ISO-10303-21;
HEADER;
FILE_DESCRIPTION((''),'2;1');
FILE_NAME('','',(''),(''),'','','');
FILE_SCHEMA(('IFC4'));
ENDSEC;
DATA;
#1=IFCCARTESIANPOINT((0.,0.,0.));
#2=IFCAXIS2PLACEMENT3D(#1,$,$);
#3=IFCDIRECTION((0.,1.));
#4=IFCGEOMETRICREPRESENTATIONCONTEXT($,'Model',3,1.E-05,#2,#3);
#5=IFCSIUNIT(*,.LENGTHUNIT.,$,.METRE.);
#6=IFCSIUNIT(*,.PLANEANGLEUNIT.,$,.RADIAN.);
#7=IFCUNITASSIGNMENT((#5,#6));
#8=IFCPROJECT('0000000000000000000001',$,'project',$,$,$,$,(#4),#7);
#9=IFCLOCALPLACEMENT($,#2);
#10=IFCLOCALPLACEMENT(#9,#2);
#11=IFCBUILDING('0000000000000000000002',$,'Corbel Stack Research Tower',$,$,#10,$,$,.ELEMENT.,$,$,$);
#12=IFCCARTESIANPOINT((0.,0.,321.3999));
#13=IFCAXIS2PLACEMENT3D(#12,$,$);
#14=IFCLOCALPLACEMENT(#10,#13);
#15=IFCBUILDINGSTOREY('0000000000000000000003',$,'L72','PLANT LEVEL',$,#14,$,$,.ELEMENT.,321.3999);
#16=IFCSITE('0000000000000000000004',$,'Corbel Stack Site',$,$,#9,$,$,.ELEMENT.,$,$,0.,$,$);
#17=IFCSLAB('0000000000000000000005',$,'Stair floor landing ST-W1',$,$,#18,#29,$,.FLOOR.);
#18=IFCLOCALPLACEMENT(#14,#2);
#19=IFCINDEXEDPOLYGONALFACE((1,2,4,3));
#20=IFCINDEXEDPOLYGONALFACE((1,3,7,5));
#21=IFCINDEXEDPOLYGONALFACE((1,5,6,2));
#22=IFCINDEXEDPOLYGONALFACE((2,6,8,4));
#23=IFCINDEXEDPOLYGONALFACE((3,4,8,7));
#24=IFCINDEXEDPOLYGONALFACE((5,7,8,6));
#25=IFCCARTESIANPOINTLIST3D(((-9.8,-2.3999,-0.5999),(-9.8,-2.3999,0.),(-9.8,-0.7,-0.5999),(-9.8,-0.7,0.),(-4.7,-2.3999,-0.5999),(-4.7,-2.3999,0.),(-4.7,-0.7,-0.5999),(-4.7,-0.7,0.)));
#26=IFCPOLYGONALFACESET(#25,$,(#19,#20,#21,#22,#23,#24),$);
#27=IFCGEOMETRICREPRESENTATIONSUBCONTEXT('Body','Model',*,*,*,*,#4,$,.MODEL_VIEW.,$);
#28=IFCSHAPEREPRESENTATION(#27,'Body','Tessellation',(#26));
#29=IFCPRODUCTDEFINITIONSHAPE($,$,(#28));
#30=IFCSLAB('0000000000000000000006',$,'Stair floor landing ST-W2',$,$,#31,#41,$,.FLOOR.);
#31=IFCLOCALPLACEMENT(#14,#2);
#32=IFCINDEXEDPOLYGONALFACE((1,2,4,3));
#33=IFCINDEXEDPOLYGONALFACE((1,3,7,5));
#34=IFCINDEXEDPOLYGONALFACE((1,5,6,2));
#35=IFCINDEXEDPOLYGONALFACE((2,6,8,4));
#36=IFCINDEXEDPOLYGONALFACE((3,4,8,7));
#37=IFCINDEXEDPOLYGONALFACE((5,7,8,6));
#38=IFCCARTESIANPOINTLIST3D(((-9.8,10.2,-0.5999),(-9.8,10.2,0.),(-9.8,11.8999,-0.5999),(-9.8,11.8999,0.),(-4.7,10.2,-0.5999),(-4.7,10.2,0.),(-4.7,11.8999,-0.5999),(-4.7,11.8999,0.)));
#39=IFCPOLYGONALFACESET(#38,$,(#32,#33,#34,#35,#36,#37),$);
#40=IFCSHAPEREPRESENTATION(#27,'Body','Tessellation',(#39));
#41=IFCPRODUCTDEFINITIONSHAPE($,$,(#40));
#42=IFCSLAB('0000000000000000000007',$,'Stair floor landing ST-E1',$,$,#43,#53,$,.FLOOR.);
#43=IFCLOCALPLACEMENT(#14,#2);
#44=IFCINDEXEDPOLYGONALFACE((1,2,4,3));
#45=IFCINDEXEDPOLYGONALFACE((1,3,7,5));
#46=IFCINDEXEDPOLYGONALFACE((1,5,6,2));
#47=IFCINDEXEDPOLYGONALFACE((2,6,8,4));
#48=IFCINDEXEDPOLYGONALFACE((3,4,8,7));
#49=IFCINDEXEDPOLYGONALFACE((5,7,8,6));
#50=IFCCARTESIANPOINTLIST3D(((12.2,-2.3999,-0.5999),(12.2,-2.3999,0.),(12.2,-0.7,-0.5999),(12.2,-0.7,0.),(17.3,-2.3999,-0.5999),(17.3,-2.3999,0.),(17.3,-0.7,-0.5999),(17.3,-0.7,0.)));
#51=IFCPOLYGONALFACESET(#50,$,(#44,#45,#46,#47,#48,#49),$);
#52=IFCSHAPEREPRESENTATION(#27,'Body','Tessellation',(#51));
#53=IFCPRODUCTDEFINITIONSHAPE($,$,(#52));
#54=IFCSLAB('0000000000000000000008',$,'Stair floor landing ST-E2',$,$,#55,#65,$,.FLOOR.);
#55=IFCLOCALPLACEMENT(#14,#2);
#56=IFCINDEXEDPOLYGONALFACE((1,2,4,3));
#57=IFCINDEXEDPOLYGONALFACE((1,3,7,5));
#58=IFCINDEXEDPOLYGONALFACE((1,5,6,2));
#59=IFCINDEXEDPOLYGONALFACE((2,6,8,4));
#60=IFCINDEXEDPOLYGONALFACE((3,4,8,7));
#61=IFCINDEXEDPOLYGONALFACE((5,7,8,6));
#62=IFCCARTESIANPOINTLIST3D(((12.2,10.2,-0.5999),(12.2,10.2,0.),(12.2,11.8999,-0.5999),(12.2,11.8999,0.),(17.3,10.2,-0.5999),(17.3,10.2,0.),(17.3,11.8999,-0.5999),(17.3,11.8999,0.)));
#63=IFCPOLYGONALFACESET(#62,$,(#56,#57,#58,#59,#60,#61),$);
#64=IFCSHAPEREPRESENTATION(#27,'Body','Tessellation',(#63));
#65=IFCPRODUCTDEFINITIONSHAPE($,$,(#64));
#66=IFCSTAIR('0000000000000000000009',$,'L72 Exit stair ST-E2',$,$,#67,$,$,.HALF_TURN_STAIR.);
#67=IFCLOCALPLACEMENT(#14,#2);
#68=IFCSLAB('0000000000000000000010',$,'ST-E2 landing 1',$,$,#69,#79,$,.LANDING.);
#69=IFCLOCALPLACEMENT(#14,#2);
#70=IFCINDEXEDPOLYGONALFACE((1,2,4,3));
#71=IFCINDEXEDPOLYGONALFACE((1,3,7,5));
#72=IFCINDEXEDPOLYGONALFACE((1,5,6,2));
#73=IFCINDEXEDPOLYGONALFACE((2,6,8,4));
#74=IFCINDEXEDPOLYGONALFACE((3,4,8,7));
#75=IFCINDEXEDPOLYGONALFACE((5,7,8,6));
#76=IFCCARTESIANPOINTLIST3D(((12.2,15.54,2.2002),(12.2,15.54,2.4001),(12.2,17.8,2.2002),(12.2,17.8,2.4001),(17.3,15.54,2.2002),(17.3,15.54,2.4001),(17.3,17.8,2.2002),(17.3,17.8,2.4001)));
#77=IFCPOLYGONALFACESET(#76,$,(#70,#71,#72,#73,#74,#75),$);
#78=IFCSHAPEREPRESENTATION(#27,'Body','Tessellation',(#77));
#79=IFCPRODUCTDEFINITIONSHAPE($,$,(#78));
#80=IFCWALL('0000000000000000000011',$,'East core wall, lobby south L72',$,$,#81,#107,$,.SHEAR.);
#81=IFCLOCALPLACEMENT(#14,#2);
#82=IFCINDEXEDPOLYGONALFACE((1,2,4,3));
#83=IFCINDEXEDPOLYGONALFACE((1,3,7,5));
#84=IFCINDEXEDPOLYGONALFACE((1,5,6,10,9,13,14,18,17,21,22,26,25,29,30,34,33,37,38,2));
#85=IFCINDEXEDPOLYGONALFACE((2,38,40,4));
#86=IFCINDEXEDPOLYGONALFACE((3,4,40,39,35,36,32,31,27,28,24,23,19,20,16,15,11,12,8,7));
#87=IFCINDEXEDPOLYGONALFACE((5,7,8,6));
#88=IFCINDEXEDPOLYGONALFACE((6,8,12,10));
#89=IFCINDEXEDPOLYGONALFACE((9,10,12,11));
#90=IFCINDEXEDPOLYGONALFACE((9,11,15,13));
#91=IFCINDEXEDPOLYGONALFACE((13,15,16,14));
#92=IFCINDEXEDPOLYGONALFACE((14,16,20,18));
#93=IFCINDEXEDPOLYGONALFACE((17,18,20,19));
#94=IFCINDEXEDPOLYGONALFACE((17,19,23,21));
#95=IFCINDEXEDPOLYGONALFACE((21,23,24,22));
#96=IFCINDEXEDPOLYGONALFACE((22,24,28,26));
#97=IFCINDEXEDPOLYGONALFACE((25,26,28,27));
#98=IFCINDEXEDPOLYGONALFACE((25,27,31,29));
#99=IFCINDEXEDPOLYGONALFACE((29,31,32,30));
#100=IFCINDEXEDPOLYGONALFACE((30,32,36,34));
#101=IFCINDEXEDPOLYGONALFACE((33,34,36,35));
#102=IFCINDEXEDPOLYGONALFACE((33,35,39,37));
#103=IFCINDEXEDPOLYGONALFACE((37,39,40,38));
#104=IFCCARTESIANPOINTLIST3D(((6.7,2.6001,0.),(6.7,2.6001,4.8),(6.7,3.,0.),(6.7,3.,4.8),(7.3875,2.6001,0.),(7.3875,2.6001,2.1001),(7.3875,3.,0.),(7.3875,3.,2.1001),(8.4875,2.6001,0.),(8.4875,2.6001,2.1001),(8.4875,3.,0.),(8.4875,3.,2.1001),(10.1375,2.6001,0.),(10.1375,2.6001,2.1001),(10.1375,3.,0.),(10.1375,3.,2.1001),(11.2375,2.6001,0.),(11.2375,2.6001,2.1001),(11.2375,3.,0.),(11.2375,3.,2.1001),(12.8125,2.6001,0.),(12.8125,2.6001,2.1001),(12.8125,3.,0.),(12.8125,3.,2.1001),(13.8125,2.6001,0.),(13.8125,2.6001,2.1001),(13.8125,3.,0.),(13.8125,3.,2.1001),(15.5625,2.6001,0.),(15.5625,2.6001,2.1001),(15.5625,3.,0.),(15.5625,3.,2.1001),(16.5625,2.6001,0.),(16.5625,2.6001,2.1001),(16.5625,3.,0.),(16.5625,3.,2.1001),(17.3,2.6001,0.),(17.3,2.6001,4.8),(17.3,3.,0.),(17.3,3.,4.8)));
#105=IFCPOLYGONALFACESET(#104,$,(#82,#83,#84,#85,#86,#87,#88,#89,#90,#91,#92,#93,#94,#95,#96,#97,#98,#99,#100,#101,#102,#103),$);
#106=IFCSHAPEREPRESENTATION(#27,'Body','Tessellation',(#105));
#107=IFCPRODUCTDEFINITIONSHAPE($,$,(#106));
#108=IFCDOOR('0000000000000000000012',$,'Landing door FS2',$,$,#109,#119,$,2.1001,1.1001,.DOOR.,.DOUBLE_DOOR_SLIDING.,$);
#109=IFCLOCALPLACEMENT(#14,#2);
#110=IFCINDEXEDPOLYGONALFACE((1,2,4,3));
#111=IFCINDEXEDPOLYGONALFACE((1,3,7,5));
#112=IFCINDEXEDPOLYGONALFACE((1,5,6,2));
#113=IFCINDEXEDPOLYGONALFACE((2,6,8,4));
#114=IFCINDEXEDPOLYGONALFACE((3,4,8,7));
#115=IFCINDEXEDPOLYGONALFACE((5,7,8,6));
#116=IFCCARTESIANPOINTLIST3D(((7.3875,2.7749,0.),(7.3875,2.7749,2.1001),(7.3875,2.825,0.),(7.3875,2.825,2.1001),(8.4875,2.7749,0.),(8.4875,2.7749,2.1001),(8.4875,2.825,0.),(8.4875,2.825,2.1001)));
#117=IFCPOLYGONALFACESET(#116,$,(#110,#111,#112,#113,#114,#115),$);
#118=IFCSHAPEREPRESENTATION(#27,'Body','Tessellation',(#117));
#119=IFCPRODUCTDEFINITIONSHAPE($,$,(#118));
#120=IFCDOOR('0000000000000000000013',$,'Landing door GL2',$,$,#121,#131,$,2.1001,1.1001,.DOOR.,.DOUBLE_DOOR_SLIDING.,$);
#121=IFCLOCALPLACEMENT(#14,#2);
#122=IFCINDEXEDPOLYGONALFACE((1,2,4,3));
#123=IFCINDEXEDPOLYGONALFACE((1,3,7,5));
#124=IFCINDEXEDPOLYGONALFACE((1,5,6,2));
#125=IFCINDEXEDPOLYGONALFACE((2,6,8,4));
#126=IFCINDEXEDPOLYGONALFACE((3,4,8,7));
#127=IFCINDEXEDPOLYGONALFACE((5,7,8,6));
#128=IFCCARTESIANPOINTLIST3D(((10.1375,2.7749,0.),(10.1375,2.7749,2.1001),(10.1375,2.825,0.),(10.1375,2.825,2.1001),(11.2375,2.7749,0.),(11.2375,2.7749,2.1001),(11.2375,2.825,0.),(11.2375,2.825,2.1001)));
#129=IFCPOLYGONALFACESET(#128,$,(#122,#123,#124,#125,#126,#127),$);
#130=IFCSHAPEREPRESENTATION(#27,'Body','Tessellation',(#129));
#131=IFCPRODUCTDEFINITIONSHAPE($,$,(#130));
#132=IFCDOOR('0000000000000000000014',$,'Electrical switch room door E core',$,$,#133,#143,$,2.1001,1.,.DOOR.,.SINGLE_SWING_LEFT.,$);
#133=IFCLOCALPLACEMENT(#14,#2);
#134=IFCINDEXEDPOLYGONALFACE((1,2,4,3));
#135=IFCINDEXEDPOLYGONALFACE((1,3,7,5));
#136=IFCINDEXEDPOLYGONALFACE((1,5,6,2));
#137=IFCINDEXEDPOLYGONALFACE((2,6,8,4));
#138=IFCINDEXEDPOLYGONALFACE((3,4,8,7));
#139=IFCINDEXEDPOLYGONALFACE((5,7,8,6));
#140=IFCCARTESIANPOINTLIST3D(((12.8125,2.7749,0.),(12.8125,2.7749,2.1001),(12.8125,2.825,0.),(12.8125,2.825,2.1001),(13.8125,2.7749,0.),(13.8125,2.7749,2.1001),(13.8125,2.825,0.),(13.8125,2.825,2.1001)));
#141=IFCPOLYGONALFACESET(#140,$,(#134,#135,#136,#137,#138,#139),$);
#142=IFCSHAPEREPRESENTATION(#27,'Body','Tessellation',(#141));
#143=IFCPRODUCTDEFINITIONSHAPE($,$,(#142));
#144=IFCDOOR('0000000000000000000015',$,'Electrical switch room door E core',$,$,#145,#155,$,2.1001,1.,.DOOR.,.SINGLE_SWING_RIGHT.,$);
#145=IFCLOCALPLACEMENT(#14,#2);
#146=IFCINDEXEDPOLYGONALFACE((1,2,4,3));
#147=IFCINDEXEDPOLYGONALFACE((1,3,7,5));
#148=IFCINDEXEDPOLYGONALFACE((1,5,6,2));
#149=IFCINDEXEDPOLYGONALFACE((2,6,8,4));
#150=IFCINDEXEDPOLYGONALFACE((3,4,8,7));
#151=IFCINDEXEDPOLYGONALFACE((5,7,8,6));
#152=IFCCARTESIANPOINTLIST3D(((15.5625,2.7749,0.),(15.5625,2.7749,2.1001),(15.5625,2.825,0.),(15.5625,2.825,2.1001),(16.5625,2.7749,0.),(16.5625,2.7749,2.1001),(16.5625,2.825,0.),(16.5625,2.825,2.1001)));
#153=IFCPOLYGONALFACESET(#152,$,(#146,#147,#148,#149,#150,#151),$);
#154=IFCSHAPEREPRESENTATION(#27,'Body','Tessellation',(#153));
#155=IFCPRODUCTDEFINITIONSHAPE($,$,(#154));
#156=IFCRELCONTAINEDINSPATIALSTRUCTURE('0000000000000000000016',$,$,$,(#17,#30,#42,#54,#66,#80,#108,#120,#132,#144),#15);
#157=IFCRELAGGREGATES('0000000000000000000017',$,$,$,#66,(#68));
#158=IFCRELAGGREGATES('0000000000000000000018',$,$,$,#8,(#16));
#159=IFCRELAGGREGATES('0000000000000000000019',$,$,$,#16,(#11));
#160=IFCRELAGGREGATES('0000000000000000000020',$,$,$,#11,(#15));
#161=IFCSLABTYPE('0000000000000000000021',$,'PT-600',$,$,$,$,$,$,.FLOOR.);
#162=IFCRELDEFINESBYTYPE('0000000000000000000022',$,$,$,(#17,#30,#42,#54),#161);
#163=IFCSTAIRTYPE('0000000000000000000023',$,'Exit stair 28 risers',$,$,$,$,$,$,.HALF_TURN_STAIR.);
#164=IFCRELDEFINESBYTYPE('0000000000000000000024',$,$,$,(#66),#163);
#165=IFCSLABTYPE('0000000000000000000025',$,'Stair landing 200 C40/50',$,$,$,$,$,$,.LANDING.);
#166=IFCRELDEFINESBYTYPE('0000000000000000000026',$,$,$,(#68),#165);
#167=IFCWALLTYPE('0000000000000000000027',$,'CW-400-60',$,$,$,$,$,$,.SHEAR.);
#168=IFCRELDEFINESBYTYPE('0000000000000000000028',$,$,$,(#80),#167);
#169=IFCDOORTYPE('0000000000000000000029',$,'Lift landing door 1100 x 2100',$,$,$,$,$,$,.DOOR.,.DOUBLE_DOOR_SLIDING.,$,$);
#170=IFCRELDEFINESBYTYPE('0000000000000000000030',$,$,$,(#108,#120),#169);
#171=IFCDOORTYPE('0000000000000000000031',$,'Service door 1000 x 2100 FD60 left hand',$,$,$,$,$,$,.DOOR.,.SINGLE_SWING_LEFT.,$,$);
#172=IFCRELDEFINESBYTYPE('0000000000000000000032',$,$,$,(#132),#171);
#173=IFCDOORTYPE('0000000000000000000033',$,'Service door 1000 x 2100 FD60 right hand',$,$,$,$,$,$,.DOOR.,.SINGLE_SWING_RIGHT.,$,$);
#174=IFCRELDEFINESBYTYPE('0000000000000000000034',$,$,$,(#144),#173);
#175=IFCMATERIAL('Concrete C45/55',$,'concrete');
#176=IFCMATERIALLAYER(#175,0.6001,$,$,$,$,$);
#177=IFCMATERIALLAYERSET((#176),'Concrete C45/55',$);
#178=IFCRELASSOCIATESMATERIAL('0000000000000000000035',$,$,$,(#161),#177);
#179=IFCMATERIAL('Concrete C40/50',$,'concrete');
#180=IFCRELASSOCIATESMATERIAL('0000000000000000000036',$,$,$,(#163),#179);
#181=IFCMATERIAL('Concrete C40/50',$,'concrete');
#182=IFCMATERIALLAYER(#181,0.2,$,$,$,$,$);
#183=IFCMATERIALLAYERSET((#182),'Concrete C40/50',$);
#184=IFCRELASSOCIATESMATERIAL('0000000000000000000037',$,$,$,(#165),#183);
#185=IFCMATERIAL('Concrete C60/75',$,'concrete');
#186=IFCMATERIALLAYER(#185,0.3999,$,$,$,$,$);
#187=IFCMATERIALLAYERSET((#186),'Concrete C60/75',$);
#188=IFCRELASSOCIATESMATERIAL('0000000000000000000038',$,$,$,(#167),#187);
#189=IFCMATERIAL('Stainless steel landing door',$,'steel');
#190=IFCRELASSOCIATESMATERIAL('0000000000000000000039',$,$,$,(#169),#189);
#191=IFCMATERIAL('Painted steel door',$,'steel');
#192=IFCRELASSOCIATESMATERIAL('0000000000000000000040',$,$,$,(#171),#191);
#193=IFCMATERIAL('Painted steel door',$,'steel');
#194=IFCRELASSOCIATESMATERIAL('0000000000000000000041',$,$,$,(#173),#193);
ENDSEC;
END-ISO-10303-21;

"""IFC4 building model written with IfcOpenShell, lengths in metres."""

from ifc_helpers import new_model, si_unit, direction, frame, frame_2d, origin, place, context, subcontext, project, spatial, polyline, rectangle, outline, extrude, material, layer, layer_set, type_object, element, fill, aggregate, save


model = new_model("IFC4")

# Units and contexts
model_context = context("Model", 3, precision=1e-05, world=origin(), true_north=direction((0.0, 1.0)))
body_context = subcontext(model_context, "Body", "Model", "MODEL_VIEW")
ifc_project = project(units=[si_unit("LENGTHUNIT", "METRE"), si_unit("PLANEANGLEUNIT", "RADIAN")], contexts=[model_context])

# Site, building, storey
site_placement = place(None, origin())
site = spatial("IfcSite", under=ifc_project, at=site_placement, Name="Corbel Stack Site", CompositionType="ELEMENT", RefElevation=0.0)
building_placement = place(site_placement, origin())
building = spatial("IfcBuilding", under=site, at=building_placement, Name="Corbel Stack Research Tower", CompositionType="ELEMENT")
storey_placement = place(building_placement, frame((0.0, 0.0, 321.3999)))
storey = spatial("IfcBuildingStorey", under=building, at=storey_placement, Name="L72", Description="PLANT LEVEL", CompositionType="ELEMENT", Elevation=321.3999)

# Slabs
ifc_material_1 = material(Name="Concrete C45/55", Category="concrete")
ifc_layer_1 = layer(ifc_material_1, 0.6001)
ifc_layer_set_1 = layer_set([ifc_layer_1], Name="Concrete C45/55")
slab_type_1 = type_object("IfcSlabType", Name="PT-600", PredefinedType="FLOOR", material=ifc_layer_set_1)
slab_1_placement = place(storey_placement, frame((0.0, 0.0, -0.5999)))
element("IfcSlab", 1, at=slab_1_placement, inside=storey, type_object=slab_type_1, Name="Stair floor landing ST-W1", PredefinedType="FLOOR", context=body_context, shape_type="SweptSolid", body=[
    extrude(outline(polyline([(-9.8, -2.3999), (-4.7, -2.3999), (-4.7, -0.7), (-9.8, -0.7), (-9.8, -2.3999)])), origin(), (0.0, 0.0, 1.0), 0.5999),
])
slab_2_placement = place(storey_placement, frame((0.0, 0.0, -0.5999)))
element("IfcSlab", 2, at=slab_2_placement, inside=storey, type_object=slab_type_1, Name="Stair floor landing ST-W2", PredefinedType="FLOOR", context=body_context, shape_type="SweptSolid", body=[
    extrude(outline(polyline([(-9.8, 10.2), (-4.7, 10.2), (-4.7, 11.8999), (-9.8, 11.8999), (-9.8, 10.2)])), origin(), (0.0, 0.0, 1.0), 0.5999),
])
slab_3_placement = place(storey_placement, frame((0.0, 0.0, -0.5999)))
element("IfcSlab", 3, at=slab_3_placement, inside=storey, type_object=slab_type_1, Name="Stair floor landing ST-E1", PredefinedType="FLOOR", context=body_context, shape_type="SweptSolid", body=[
    extrude(outline(polyline([(12.2, -2.3999), (17.3, -2.3999), (17.3, -0.7), (12.2, -0.7), (12.2, -2.3999)])), origin(), (0.0, 0.0, 1.0), 0.5999),
])
slab_4_placement = place(storey_placement, frame((0.0, 0.0, -0.5999)))
element("IfcSlab", 4, at=slab_4_placement, inside=storey, type_object=slab_type_1, Name="Stair floor landing ST-E2", PredefinedType="FLOOR", context=body_context, shape_type="SweptSolid", body=[
    extrude(outline(polyline([(12.2, 10.2), (17.3, 10.2), (17.3, 11.8999), (12.2, 11.8999), (12.2, 10.2)])), origin(), (0.0, 0.0, 1.0), 0.5999),
])

# Stair, slab
ifc_material_2 = material(Name="Concrete C40/50", Category="concrete")
stair_type = type_object("IfcStairType", Name="Exit stair 28 risers", PredefinedType="HALF_TURN_STAIR", material=ifc_material_2)
stair_placement = place(storey_placement, origin())
stair = element("IfcStair", 5, at=stair_placement, inside=storey, type_object=stair_type, Name="L72 Exit stair ST-E2", PredefinedType="HALF_TURN_STAIR")
ifc_material_3 = material(Name="Concrete C40/50", Category="concrete")
ifc_layer_2 = layer(ifc_material_3, 0.2)
ifc_layer_set_2 = layer_set([ifc_layer_2], Name="Concrete C40/50")
slab_type_2 = type_object("IfcSlabType", Name="Stair landing 200 C40/50", PredefinedType="LANDING", material=ifc_layer_set_2)
slab_5_placement = place(storey_placement, frame((0.0, 0.0, 2.2002)))
slab_5 = element("IfcSlab", 6, at=slab_5_placement, type_object=slab_type_2, Name="ST-E2 landing 1", PredefinedType="LANDING", context=body_context, shape_type="SweptSolid", body=[
    extrude(outline(polyline([(12.2, 15.54), (12.2, 17.8), (17.3, 17.8), (17.3, 15.54), (12.2, 15.54)])), origin(), (0.0, 0.0, 1.0), 0.2),
])
aggregate(stair, [slab_5])

# Wall, openings, doors
ifc_material_4 = material(Name="Concrete C60/75", Category="concrete")
ifc_layer_3 = layer(ifc_material_4, 0.3999)
ifc_layer_set_3 = layer_set([ifc_layer_3], Name="Concrete C60/75")
wall_type = type_object("IfcWallType", Name="CW-400-60", PredefinedType="SHEAR", material=ifc_layer_set_3)
wall_1_placement = place(storey_placement, frame((6.7, 2.8, 0.0), z_axis=(0.0, 0.0, 1.0), x_axis=(1.0, 0.0, 0.0)))
wall_1 = element("IfcWall", 7, at=wall_1_placement, inside=storey, type_object=wall_type, Name="East core wall, lobby south L72", PredefinedType="SHEAR", context=body_context, shape_type="SweptSolid", body=[
    extrude(rectangle(XDim=10.6001, YDim=0.3999, at=frame_2d((5.3, 0.0))), origin(), (0.0, 0.0, 1.0), 4.8),
])
opening_1_placement = place(wall_1_placement, frame((0.6875, 0.0, 0.0)))
opening_1 = element("IfcOpeningElement", 8, at=opening_1_placement, cuts=wall_1, PredefinedType="OPENING", context=body_context, shape_type="SweptSolid", body=[
    extrude(rectangle(XDim=1.1001, YDim=2.1001, at=frame_2d((0.55, 1.05))), frame((0.0, 0.21, 0.0), z_axis=(0.0, -1.0, 0.0), x_axis=(1.0, 0.0, 0.0)), (0.0, 0.0, 1.0), 0.4199),
])
opening_2_placement = place(wall_1_placement, frame((3.4375, 0.0, 0.0)))
opening_2 = element("IfcOpeningElement", 9, at=opening_2_placement, cuts=wall_1, PredefinedType="OPENING", context=body_context, shape_type="SweptSolid", body=[
    extrude(rectangle(XDim=1.1001, YDim=2.1001, at=frame_2d((0.55, 1.05))), frame((0.0, 0.21, 0.0), z_axis=(0.0, -1.0, 0.0), x_axis=(1.0, 0.0, 0.0)), (0.0, 0.0, 1.0), 0.4199),
])
opening_3_placement = place(wall_1_placement, frame((6.1125, 0.0, 0.0)))
opening_3 = element("IfcOpeningElement", 10, at=opening_3_placement, cuts=wall_1, PredefinedType="OPENING", context=body_context, shape_type="SweptSolid", body=[
    extrude(rectangle(XDim=1.0, YDim=2.1001, at=frame_2d((0.5, 1.05))), frame((0.0, 0.21, 0.0), z_axis=(0.0, -1.0, 0.0), x_axis=(1.0, 0.0, 0.0)), (0.0, 0.0, 1.0), 0.4199),
])
opening_4_placement = place(wall_1_placement, frame((8.8625, 0.0, 0.0)))
opening_4 = element("IfcOpeningElement", 11, at=opening_4_placement, cuts=wall_1, PredefinedType="OPENING", context=body_context, shape_type="SweptSolid", body=[
    extrude(rectangle(XDim=1.0, YDim=2.1001, at=frame_2d((0.5, 1.05))), frame((0.0, 0.21, 0.0), z_axis=(0.0, -1.0, 0.0), x_axis=(1.0, 0.0, 0.0)), (0.0, 0.0, 1.0), 0.4199),
])
ifc_material_5 = material(Name="Stainless steel landing door", Category="steel")
door_type_1 = type_object("IfcDoorType", Name="Lift landing door 1100 x 2100", OperationType="DOUBLE_DOOR_SLIDING", PredefinedType="DOOR", material=ifc_material_5)
door_1_placement = place(opening_1_placement, origin())
door_1 = element("IfcDoor", 12, at=door_1_placement, inside=storey, type_object=door_type_1, Name="Landing door FS2", OperationType="DOUBLE_DOOR_SLIDING", OverallHeight=2.1001, OverallWidth=1.1001, PredefinedType="DOOR", context=body_context, shape_type="SweptSolid", body=[
    extrude(rectangle(XDim=1.1001, YDim=2.1001, at=frame_2d((0.55, 1.05))), frame((0.0, 0.0249, 0.0), z_axis=(0.0, -1.0, 0.0), x_axis=(1.0, 0.0, 0.0)), (0.0, 0.0, 1.0), 0.05),
])
fill(opening_1, door_1)
door_2_placement = place(opening_2_placement, origin())
door_2 = element("IfcDoor", 13, at=door_2_placement, inside=storey, type_object=door_type_1, Name="Landing door GL2", OperationType="DOUBLE_DOOR_SLIDING", OverallHeight=2.1001, OverallWidth=1.1001, PredefinedType="DOOR", context=body_context, shape_type="SweptSolid", body=[
    extrude(rectangle(XDim=1.1001, YDim=2.1001, at=frame_2d((0.55, 1.05))), frame((0.0, 0.0249, 0.0), z_axis=(0.0, -1.0, 0.0), x_axis=(1.0, 0.0, 0.0)), (0.0, 0.0, 1.0), 0.05),
])
fill(opening_2, door_2)
ifc_material_6 = material(Name="Painted steel door", Category="steel")
door_type_2 = type_object("IfcDoorType", Name="Service door 1000 x 2100 FD60 left hand", OperationType="SINGLE_SWING_LEFT", PredefinedType="DOOR", material=ifc_material_6)
door_3_placement = place(opening_3_placement, origin())
door_3 = element("IfcDoor", 14, at=door_3_placement, inside=storey, type_object=door_type_2, Name="Electrical switch room door E core", OperationType="SINGLE_SWING_LEFT", OverallHeight=2.1001, OverallWidth=1.0, PredefinedType="DOOR", context=body_context, shape_type="SweptSolid", body=[
    extrude(rectangle(XDim=1.0, YDim=2.1001, at=frame_2d((0.5, 1.05))), frame((0.0, 0.0249, 0.0), z_axis=(0.0, -1.0, 0.0), x_axis=(1.0, 0.0, 0.0)), (0.0, 0.0, 1.0), 0.05),
])
fill(opening_3, door_3)
ifc_material_7 = material(Name="Painted steel door", Category="steel")
door_type_3 = type_object("IfcDoorType", Name="Service door 1000 x 2100 FD60 right hand", OperationType="SINGLE_SWING_RIGHT", PredefinedType="DOOR", material=ifc_material_7)
door_4_placement = place(opening_4_placement, origin())
door_4 = element("IfcDoor", 15, at=door_4_placement, inside=storey, type_object=door_type_3, Name="Electrical switch room door E core", OperationType="SINGLE_SWING_RIGHT", OverallHeight=2.1001, OverallWidth=1.0, PredefinedType="DOOR", context=body_context, shape_type="SweptSolid", body=[
    extrude(rectangle(XDim=1.0, YDim=2.1001, at=frame_2d((0.5, 1.05))), frame((0.0, 0.0249, 0.0), z_axis=(0.0, -1.0, 0.0), x_axis=(1.0, 0.0, 0.0)), (0.0, 0.0, 1.0), 0.05),
])
fill(opening_4, door_4)

save(model, "model.ifc")
